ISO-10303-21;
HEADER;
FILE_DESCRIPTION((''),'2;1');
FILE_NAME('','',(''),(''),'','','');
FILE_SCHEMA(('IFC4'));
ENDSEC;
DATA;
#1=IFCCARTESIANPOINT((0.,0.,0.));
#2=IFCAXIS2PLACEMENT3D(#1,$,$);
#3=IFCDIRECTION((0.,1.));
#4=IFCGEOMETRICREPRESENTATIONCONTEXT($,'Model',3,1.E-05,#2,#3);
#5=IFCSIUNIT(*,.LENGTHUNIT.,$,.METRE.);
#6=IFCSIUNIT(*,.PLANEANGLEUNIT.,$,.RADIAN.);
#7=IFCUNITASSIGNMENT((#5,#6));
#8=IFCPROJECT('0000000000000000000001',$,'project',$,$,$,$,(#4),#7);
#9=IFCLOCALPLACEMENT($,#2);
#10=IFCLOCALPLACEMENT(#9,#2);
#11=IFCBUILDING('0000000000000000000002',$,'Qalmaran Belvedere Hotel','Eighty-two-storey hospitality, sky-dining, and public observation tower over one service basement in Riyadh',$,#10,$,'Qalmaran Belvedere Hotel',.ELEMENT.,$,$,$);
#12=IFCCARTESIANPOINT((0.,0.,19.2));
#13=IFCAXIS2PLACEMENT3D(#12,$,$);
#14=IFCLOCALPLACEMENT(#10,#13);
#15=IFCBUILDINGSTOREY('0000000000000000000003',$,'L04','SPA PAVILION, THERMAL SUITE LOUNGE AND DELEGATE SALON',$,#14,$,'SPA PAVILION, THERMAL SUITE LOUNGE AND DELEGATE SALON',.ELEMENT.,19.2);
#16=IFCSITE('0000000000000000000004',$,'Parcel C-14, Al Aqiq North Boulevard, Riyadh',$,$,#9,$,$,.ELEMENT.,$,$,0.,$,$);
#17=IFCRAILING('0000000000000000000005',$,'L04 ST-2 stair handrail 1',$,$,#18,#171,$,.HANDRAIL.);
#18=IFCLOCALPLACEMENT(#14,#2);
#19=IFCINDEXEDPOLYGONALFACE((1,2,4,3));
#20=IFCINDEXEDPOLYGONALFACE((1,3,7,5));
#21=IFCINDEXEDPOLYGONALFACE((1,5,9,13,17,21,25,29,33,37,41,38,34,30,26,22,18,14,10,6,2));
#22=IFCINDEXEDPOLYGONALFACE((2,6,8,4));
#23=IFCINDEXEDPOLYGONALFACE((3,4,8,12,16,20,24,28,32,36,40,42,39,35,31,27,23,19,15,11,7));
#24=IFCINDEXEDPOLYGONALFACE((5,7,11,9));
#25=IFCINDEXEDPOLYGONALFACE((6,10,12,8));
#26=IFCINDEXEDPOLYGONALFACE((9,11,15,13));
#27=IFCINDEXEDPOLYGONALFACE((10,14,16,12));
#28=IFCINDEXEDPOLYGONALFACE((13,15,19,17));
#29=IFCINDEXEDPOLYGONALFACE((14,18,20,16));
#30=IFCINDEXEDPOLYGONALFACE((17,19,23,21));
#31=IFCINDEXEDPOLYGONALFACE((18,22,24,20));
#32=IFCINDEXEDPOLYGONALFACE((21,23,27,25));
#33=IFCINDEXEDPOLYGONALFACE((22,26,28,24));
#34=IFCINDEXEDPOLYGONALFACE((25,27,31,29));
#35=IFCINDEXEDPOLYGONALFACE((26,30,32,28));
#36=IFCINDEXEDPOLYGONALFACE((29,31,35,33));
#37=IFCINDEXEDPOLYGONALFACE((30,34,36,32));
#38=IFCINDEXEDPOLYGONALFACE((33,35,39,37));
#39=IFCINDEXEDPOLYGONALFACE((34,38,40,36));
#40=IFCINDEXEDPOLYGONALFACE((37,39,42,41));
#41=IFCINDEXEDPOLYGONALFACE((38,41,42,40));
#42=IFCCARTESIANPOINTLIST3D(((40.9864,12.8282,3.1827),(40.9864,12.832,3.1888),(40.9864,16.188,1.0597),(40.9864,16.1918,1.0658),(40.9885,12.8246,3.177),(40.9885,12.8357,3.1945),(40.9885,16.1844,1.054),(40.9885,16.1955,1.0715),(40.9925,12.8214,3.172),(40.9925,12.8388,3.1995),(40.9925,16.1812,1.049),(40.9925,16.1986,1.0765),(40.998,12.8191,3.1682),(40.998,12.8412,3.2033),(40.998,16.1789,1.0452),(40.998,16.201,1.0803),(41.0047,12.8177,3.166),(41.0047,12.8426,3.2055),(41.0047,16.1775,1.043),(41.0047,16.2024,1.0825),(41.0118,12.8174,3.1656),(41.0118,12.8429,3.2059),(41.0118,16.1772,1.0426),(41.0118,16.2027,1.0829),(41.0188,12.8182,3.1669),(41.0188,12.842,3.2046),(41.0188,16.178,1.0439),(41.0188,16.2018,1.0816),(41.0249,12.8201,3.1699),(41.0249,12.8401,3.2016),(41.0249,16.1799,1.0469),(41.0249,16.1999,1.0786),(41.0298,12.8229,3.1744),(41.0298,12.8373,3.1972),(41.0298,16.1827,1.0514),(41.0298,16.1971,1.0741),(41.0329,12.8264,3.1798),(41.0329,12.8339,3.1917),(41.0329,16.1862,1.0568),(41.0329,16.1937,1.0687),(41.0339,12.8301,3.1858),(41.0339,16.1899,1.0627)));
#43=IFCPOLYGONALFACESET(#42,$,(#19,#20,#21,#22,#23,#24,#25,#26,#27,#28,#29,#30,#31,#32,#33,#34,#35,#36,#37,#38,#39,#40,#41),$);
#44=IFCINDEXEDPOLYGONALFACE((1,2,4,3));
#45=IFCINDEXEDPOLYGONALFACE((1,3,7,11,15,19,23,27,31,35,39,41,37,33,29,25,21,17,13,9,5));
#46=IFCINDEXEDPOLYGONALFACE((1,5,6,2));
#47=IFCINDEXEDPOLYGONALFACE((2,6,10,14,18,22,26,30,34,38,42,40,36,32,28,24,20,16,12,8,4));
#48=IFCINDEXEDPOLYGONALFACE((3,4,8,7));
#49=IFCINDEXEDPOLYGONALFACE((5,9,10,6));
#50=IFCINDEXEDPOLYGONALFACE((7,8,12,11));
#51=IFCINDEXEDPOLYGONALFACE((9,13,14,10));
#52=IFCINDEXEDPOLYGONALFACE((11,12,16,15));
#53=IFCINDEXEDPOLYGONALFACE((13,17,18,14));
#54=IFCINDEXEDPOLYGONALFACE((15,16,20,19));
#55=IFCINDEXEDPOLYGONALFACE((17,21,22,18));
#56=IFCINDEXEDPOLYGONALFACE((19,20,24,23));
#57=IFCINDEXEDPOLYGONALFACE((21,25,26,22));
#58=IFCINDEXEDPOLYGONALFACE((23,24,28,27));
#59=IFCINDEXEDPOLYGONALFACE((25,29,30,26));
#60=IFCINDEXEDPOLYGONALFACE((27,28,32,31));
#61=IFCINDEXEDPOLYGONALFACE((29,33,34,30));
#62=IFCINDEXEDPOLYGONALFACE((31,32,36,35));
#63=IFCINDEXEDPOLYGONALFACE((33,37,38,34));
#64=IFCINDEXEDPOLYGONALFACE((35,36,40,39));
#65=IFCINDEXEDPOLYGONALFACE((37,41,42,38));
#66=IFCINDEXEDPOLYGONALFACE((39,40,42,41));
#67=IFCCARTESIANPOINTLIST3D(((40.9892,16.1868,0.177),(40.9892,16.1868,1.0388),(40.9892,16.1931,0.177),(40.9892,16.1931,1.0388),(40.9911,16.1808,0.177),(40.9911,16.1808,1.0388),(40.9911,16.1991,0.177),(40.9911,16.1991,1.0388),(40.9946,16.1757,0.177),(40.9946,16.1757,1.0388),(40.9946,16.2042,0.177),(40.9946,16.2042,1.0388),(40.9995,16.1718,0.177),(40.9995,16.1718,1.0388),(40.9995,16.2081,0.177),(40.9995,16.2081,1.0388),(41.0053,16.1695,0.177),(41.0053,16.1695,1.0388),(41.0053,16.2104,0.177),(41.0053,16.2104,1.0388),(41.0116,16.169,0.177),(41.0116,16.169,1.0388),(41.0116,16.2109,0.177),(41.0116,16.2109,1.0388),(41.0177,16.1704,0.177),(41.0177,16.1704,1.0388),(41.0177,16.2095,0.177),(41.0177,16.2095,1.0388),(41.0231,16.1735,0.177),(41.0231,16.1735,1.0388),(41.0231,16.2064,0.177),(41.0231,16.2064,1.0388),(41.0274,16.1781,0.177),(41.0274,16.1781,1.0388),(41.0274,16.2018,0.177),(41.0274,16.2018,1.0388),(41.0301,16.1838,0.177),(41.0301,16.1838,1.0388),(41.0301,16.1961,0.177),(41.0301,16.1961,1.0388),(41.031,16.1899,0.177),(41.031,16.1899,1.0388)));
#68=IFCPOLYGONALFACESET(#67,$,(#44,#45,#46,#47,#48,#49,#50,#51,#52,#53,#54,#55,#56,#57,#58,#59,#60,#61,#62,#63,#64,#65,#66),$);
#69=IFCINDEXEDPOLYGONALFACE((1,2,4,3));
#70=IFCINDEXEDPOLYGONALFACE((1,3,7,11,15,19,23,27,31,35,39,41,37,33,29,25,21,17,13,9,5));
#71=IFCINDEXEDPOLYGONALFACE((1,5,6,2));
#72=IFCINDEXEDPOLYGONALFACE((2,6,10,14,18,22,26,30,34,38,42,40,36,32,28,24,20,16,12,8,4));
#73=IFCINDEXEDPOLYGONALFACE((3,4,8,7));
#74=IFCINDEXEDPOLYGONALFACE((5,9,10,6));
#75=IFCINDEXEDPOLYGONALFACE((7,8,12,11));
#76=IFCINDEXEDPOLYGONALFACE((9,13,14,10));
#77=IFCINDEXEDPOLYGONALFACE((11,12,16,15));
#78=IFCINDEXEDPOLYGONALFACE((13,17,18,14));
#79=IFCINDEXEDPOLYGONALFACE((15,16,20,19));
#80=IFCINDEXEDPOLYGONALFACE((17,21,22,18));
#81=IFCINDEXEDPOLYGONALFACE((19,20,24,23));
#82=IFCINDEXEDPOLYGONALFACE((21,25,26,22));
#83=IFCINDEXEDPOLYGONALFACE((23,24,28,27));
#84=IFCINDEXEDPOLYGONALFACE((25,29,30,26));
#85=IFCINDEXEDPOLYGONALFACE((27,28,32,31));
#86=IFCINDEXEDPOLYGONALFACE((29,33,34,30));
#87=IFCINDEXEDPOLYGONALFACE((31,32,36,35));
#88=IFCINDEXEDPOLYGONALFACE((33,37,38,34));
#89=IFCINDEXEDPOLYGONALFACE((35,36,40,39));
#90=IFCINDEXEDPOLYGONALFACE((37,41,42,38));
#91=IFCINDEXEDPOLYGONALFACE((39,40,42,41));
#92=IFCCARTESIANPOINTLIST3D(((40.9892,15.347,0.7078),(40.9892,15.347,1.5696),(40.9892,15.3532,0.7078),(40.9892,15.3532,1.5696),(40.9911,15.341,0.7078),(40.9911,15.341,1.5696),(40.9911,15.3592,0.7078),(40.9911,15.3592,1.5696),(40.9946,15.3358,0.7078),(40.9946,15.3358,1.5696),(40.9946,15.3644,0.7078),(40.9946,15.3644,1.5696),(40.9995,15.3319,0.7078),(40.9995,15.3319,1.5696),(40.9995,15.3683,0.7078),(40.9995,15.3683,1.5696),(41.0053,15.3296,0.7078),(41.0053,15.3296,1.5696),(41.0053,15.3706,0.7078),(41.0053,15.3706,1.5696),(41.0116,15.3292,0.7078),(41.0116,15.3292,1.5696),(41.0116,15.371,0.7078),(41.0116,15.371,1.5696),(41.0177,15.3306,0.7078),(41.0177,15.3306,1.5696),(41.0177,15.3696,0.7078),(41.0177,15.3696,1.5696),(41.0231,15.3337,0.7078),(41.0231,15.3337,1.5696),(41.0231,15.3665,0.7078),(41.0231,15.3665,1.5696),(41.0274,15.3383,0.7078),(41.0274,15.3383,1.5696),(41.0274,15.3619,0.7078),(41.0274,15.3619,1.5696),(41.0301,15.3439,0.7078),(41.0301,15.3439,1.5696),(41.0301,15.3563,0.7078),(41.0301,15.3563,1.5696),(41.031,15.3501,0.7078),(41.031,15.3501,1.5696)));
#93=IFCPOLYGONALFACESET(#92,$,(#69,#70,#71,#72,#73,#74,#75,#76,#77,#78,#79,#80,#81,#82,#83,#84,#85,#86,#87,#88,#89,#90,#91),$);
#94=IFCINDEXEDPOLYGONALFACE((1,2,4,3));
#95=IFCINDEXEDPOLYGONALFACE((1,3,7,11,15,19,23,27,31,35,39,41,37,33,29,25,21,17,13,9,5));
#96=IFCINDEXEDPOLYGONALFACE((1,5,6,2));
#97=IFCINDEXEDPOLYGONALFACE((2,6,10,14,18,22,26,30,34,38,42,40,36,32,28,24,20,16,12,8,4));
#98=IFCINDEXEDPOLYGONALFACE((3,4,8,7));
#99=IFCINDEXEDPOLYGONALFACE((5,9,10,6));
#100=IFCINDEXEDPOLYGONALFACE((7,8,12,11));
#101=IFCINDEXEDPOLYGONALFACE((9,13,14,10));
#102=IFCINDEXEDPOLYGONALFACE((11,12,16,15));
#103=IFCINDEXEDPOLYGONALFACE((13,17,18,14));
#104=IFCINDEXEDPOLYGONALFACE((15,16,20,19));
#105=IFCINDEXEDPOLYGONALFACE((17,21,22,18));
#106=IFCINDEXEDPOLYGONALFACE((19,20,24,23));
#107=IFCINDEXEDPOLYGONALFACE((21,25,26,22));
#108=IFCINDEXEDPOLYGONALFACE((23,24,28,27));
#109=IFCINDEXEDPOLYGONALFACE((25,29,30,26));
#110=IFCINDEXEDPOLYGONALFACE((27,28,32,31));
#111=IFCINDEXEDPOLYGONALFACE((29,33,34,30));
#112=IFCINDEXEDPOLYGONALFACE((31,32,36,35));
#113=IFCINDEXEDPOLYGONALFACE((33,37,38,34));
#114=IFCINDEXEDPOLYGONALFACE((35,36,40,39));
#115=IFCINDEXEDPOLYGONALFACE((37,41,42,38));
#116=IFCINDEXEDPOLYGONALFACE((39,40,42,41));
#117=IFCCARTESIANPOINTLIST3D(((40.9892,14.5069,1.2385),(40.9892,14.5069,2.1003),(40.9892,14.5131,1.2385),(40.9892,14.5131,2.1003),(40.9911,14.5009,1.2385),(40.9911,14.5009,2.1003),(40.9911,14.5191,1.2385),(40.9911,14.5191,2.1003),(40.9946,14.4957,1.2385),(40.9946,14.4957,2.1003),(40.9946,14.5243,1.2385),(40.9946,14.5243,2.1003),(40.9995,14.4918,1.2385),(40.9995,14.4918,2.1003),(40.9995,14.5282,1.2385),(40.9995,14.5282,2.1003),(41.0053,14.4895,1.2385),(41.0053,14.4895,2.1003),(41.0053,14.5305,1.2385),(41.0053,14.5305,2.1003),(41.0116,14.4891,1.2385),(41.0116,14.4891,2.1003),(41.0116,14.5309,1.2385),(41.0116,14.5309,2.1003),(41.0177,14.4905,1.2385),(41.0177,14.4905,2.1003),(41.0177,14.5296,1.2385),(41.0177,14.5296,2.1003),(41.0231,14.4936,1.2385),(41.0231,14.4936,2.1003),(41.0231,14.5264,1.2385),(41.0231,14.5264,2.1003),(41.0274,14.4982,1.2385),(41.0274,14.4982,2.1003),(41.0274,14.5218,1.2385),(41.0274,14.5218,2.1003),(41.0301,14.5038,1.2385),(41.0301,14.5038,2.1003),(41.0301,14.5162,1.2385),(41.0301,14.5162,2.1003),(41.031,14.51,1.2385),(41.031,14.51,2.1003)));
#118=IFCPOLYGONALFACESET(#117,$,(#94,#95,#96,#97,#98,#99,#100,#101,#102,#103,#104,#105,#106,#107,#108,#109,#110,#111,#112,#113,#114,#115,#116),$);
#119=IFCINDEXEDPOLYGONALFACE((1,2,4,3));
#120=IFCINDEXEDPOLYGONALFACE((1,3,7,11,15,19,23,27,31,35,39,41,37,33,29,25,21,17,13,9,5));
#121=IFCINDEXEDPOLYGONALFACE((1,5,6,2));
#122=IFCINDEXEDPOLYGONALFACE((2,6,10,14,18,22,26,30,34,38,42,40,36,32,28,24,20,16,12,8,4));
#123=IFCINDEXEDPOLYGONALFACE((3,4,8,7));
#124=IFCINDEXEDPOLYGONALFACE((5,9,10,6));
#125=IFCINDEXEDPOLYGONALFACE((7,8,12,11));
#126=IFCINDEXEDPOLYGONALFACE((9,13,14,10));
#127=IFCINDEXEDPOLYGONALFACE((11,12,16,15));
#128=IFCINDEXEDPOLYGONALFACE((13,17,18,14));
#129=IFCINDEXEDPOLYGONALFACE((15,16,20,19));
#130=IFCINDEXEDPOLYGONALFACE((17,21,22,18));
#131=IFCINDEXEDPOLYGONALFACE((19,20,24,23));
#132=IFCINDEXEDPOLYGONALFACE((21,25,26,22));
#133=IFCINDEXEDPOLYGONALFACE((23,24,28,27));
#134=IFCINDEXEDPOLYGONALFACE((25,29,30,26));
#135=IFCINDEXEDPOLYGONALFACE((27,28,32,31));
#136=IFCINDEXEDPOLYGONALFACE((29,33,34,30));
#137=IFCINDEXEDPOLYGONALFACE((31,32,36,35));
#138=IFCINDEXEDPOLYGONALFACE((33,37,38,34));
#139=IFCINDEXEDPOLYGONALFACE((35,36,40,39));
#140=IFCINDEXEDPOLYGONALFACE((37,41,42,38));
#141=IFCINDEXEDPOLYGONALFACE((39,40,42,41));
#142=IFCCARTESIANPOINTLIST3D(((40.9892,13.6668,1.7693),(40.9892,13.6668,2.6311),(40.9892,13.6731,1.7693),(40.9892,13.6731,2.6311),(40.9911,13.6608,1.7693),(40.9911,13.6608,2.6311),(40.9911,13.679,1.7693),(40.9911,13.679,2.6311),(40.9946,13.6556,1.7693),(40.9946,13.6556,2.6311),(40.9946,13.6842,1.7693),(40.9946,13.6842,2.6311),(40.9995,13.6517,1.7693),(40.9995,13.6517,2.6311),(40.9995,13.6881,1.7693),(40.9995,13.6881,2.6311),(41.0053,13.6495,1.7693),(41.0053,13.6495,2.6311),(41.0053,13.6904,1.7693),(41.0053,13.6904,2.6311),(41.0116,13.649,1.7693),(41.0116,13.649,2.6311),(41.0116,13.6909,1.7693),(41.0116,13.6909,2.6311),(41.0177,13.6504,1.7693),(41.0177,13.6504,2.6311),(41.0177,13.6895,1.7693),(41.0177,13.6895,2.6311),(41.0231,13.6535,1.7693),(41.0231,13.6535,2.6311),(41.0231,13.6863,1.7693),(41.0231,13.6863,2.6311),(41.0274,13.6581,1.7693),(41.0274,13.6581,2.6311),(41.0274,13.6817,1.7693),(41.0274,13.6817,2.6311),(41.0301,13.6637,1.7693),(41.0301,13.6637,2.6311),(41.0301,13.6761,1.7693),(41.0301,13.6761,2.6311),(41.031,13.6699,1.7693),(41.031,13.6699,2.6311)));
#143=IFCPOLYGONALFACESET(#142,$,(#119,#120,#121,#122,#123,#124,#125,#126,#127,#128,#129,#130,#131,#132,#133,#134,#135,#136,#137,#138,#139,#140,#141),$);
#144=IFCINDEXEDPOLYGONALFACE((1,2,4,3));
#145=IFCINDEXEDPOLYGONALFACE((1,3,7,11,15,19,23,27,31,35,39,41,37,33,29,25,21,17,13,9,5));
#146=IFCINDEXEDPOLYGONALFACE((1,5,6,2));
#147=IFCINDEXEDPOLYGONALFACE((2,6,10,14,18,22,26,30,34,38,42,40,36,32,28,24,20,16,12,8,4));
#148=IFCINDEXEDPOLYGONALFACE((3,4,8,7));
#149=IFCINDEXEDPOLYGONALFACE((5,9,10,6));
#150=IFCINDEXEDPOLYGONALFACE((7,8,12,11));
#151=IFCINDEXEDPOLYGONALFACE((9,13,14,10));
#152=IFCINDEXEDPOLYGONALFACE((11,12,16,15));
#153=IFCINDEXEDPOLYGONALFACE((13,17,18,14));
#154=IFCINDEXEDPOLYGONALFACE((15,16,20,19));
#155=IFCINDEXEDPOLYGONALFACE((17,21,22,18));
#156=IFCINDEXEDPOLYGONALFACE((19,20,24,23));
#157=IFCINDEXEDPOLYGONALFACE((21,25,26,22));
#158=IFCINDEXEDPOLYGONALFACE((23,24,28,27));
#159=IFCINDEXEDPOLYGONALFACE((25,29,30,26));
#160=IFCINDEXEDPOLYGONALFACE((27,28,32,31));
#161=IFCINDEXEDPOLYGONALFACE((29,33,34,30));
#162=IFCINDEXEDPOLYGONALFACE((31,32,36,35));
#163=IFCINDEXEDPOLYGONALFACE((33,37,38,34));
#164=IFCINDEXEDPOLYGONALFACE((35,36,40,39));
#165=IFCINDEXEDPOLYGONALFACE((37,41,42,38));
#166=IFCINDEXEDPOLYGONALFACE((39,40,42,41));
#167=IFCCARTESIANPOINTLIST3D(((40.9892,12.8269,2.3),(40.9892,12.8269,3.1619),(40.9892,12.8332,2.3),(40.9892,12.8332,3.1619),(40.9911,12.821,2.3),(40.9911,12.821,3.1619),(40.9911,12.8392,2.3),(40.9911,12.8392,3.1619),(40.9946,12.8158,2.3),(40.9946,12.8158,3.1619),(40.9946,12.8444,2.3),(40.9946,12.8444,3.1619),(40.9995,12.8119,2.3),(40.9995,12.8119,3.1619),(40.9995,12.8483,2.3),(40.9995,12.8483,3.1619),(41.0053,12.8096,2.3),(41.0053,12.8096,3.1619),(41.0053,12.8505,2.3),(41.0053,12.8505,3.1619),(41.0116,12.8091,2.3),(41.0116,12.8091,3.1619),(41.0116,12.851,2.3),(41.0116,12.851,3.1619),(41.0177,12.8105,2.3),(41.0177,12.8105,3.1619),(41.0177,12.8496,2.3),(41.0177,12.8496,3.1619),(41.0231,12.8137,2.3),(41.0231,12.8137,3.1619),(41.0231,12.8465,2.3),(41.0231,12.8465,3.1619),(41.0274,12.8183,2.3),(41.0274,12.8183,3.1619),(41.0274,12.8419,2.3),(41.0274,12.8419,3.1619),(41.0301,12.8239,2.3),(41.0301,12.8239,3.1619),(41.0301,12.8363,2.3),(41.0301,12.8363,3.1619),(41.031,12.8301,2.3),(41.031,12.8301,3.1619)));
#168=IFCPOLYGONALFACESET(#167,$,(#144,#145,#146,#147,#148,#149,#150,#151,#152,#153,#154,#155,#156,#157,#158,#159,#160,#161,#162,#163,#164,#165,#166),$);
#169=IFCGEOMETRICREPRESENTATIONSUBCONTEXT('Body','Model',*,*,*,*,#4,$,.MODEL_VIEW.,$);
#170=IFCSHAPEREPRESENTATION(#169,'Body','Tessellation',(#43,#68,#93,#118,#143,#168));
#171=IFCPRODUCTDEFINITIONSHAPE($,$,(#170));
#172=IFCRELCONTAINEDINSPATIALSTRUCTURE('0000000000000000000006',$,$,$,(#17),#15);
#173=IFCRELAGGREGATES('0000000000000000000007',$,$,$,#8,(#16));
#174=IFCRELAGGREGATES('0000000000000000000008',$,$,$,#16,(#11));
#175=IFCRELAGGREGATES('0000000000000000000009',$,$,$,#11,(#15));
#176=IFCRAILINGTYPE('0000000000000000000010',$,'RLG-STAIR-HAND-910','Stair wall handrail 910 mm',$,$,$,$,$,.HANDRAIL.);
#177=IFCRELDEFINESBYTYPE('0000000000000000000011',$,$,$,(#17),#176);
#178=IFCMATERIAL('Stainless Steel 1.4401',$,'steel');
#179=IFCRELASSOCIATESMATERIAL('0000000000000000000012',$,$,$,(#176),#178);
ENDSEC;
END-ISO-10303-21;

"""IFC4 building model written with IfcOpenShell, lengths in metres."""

from ifc_helpers import new_model, si_unit, direction, frame, origin, origin_2d, place, context, subcontext, project, spatial, circle, extrude, material, type_object, element, save


model = new_model("IFC4")

# Units and contexts
model_context = context("Model", 3, precision=1e-05, world=origin(), true_north=direction((0.0, 1.0)))
body_context = subcontext(model_context, "Body", "Model", "MODEL_VIEW")
ifc_project = project(units=[si_unit("LENGTHUNIT", "METRE"), si_unit("PLANEANGLEUNIT", "RADIAN")], contexts=[model_context])

# Site, building, storey
site_placement = place(None, origin())
site = spatial("IfcSite", under=ifc_project, at=site_placement, Name="Parcel C-14, Al Aqiq North Boulevard, Riyadh", CompositionType="ELEMENT", RefElevation=0.0)
building_placement = place(site_placement, origin())
building = spatial("IfcBuilding", under=site, at=building_placement, Name="Qalmaran Belvedere Hotel", Description="Eighty-two-storey hospitality, sky-dining, and public observation tower over one service basement in Riyadh", LongName="Qalmaran Belvedere Hotel", CompositionType="ELEMENT")
storey_placement = place(building_placement, frame((0.0, 0.0, 19.2)))
storey = spatial("IfcBuildingStorey", under=building, at=storey_placement, Name="L04", Description="SPA PAVILION, THERMAL SUITE LOUNGE AND DELEGATE SALON", LongName="SPA PAVILION, THERMAL SUITE LOUNGE AND DELEGATE SALON", CompositionType="ELEMENT", Elevation=19.2)

# Shared definitions
ifc_material_1 = material(Name="Stainless Steel 1.4401", Category="steel")

# Railing
railing_type_1 = type_object("IfcRailingType", Name="RLG-STAIR-HAND-910", Description="Stair wall handrail 910 mm", PredefinedType="HANDRAIL", material=ifc_material_1)
railing_1_placement = place(storey_placement, frame((41.01, 16.1899, 0.177)))
element("IfcRailing", 1, at=railing_1_placement, inside=storey, type_object=railing_type_1, Name="L04 ST-2 stair handrail 1", PredefinedType="HANDRAIL", context=body_context, shape_type="SweptSolid", body=[
    extrude(circle(Radius=0.0239, at=origin_2d()), frame((0.0, 0.0, 0.8857), z_axis=(0.0, -0.845372, 0.534178), x_axis=(1.0, 0.0, 0.0)), (0.0, 0.0, 1.0), 3.9744),
    extrude(circle(Radius=0.021, at=origin_2d()), origin(), (0.0, 0.0, 1.0), 0.8618),
    extrude(circle(Radius=0.021, at=origin_2d()), frame((0.0, -0.8398, 0.5308)), (0.0, 0.0, 1.0), 0.8618),
    extrude(circle(Radius=0.021, at=origin_2d()), frame((0.0, -1.6799, 1.0615)), (0.0, 0.0, 1.0), 0.8618),
    extrude(circle(Radius=0.021, at=origin_2d()), frame((0.0, -2.52, 1.5923)), (0.0, 0.0, 1.0), 0.8618),
    extrude(circle(Radius=0.021, at=origin_2d()), frame((0.0, -3.3599, 2.123)), (0.0, 0.0, 1.0), 0.8618),
])

save(model, "model.ifc")
